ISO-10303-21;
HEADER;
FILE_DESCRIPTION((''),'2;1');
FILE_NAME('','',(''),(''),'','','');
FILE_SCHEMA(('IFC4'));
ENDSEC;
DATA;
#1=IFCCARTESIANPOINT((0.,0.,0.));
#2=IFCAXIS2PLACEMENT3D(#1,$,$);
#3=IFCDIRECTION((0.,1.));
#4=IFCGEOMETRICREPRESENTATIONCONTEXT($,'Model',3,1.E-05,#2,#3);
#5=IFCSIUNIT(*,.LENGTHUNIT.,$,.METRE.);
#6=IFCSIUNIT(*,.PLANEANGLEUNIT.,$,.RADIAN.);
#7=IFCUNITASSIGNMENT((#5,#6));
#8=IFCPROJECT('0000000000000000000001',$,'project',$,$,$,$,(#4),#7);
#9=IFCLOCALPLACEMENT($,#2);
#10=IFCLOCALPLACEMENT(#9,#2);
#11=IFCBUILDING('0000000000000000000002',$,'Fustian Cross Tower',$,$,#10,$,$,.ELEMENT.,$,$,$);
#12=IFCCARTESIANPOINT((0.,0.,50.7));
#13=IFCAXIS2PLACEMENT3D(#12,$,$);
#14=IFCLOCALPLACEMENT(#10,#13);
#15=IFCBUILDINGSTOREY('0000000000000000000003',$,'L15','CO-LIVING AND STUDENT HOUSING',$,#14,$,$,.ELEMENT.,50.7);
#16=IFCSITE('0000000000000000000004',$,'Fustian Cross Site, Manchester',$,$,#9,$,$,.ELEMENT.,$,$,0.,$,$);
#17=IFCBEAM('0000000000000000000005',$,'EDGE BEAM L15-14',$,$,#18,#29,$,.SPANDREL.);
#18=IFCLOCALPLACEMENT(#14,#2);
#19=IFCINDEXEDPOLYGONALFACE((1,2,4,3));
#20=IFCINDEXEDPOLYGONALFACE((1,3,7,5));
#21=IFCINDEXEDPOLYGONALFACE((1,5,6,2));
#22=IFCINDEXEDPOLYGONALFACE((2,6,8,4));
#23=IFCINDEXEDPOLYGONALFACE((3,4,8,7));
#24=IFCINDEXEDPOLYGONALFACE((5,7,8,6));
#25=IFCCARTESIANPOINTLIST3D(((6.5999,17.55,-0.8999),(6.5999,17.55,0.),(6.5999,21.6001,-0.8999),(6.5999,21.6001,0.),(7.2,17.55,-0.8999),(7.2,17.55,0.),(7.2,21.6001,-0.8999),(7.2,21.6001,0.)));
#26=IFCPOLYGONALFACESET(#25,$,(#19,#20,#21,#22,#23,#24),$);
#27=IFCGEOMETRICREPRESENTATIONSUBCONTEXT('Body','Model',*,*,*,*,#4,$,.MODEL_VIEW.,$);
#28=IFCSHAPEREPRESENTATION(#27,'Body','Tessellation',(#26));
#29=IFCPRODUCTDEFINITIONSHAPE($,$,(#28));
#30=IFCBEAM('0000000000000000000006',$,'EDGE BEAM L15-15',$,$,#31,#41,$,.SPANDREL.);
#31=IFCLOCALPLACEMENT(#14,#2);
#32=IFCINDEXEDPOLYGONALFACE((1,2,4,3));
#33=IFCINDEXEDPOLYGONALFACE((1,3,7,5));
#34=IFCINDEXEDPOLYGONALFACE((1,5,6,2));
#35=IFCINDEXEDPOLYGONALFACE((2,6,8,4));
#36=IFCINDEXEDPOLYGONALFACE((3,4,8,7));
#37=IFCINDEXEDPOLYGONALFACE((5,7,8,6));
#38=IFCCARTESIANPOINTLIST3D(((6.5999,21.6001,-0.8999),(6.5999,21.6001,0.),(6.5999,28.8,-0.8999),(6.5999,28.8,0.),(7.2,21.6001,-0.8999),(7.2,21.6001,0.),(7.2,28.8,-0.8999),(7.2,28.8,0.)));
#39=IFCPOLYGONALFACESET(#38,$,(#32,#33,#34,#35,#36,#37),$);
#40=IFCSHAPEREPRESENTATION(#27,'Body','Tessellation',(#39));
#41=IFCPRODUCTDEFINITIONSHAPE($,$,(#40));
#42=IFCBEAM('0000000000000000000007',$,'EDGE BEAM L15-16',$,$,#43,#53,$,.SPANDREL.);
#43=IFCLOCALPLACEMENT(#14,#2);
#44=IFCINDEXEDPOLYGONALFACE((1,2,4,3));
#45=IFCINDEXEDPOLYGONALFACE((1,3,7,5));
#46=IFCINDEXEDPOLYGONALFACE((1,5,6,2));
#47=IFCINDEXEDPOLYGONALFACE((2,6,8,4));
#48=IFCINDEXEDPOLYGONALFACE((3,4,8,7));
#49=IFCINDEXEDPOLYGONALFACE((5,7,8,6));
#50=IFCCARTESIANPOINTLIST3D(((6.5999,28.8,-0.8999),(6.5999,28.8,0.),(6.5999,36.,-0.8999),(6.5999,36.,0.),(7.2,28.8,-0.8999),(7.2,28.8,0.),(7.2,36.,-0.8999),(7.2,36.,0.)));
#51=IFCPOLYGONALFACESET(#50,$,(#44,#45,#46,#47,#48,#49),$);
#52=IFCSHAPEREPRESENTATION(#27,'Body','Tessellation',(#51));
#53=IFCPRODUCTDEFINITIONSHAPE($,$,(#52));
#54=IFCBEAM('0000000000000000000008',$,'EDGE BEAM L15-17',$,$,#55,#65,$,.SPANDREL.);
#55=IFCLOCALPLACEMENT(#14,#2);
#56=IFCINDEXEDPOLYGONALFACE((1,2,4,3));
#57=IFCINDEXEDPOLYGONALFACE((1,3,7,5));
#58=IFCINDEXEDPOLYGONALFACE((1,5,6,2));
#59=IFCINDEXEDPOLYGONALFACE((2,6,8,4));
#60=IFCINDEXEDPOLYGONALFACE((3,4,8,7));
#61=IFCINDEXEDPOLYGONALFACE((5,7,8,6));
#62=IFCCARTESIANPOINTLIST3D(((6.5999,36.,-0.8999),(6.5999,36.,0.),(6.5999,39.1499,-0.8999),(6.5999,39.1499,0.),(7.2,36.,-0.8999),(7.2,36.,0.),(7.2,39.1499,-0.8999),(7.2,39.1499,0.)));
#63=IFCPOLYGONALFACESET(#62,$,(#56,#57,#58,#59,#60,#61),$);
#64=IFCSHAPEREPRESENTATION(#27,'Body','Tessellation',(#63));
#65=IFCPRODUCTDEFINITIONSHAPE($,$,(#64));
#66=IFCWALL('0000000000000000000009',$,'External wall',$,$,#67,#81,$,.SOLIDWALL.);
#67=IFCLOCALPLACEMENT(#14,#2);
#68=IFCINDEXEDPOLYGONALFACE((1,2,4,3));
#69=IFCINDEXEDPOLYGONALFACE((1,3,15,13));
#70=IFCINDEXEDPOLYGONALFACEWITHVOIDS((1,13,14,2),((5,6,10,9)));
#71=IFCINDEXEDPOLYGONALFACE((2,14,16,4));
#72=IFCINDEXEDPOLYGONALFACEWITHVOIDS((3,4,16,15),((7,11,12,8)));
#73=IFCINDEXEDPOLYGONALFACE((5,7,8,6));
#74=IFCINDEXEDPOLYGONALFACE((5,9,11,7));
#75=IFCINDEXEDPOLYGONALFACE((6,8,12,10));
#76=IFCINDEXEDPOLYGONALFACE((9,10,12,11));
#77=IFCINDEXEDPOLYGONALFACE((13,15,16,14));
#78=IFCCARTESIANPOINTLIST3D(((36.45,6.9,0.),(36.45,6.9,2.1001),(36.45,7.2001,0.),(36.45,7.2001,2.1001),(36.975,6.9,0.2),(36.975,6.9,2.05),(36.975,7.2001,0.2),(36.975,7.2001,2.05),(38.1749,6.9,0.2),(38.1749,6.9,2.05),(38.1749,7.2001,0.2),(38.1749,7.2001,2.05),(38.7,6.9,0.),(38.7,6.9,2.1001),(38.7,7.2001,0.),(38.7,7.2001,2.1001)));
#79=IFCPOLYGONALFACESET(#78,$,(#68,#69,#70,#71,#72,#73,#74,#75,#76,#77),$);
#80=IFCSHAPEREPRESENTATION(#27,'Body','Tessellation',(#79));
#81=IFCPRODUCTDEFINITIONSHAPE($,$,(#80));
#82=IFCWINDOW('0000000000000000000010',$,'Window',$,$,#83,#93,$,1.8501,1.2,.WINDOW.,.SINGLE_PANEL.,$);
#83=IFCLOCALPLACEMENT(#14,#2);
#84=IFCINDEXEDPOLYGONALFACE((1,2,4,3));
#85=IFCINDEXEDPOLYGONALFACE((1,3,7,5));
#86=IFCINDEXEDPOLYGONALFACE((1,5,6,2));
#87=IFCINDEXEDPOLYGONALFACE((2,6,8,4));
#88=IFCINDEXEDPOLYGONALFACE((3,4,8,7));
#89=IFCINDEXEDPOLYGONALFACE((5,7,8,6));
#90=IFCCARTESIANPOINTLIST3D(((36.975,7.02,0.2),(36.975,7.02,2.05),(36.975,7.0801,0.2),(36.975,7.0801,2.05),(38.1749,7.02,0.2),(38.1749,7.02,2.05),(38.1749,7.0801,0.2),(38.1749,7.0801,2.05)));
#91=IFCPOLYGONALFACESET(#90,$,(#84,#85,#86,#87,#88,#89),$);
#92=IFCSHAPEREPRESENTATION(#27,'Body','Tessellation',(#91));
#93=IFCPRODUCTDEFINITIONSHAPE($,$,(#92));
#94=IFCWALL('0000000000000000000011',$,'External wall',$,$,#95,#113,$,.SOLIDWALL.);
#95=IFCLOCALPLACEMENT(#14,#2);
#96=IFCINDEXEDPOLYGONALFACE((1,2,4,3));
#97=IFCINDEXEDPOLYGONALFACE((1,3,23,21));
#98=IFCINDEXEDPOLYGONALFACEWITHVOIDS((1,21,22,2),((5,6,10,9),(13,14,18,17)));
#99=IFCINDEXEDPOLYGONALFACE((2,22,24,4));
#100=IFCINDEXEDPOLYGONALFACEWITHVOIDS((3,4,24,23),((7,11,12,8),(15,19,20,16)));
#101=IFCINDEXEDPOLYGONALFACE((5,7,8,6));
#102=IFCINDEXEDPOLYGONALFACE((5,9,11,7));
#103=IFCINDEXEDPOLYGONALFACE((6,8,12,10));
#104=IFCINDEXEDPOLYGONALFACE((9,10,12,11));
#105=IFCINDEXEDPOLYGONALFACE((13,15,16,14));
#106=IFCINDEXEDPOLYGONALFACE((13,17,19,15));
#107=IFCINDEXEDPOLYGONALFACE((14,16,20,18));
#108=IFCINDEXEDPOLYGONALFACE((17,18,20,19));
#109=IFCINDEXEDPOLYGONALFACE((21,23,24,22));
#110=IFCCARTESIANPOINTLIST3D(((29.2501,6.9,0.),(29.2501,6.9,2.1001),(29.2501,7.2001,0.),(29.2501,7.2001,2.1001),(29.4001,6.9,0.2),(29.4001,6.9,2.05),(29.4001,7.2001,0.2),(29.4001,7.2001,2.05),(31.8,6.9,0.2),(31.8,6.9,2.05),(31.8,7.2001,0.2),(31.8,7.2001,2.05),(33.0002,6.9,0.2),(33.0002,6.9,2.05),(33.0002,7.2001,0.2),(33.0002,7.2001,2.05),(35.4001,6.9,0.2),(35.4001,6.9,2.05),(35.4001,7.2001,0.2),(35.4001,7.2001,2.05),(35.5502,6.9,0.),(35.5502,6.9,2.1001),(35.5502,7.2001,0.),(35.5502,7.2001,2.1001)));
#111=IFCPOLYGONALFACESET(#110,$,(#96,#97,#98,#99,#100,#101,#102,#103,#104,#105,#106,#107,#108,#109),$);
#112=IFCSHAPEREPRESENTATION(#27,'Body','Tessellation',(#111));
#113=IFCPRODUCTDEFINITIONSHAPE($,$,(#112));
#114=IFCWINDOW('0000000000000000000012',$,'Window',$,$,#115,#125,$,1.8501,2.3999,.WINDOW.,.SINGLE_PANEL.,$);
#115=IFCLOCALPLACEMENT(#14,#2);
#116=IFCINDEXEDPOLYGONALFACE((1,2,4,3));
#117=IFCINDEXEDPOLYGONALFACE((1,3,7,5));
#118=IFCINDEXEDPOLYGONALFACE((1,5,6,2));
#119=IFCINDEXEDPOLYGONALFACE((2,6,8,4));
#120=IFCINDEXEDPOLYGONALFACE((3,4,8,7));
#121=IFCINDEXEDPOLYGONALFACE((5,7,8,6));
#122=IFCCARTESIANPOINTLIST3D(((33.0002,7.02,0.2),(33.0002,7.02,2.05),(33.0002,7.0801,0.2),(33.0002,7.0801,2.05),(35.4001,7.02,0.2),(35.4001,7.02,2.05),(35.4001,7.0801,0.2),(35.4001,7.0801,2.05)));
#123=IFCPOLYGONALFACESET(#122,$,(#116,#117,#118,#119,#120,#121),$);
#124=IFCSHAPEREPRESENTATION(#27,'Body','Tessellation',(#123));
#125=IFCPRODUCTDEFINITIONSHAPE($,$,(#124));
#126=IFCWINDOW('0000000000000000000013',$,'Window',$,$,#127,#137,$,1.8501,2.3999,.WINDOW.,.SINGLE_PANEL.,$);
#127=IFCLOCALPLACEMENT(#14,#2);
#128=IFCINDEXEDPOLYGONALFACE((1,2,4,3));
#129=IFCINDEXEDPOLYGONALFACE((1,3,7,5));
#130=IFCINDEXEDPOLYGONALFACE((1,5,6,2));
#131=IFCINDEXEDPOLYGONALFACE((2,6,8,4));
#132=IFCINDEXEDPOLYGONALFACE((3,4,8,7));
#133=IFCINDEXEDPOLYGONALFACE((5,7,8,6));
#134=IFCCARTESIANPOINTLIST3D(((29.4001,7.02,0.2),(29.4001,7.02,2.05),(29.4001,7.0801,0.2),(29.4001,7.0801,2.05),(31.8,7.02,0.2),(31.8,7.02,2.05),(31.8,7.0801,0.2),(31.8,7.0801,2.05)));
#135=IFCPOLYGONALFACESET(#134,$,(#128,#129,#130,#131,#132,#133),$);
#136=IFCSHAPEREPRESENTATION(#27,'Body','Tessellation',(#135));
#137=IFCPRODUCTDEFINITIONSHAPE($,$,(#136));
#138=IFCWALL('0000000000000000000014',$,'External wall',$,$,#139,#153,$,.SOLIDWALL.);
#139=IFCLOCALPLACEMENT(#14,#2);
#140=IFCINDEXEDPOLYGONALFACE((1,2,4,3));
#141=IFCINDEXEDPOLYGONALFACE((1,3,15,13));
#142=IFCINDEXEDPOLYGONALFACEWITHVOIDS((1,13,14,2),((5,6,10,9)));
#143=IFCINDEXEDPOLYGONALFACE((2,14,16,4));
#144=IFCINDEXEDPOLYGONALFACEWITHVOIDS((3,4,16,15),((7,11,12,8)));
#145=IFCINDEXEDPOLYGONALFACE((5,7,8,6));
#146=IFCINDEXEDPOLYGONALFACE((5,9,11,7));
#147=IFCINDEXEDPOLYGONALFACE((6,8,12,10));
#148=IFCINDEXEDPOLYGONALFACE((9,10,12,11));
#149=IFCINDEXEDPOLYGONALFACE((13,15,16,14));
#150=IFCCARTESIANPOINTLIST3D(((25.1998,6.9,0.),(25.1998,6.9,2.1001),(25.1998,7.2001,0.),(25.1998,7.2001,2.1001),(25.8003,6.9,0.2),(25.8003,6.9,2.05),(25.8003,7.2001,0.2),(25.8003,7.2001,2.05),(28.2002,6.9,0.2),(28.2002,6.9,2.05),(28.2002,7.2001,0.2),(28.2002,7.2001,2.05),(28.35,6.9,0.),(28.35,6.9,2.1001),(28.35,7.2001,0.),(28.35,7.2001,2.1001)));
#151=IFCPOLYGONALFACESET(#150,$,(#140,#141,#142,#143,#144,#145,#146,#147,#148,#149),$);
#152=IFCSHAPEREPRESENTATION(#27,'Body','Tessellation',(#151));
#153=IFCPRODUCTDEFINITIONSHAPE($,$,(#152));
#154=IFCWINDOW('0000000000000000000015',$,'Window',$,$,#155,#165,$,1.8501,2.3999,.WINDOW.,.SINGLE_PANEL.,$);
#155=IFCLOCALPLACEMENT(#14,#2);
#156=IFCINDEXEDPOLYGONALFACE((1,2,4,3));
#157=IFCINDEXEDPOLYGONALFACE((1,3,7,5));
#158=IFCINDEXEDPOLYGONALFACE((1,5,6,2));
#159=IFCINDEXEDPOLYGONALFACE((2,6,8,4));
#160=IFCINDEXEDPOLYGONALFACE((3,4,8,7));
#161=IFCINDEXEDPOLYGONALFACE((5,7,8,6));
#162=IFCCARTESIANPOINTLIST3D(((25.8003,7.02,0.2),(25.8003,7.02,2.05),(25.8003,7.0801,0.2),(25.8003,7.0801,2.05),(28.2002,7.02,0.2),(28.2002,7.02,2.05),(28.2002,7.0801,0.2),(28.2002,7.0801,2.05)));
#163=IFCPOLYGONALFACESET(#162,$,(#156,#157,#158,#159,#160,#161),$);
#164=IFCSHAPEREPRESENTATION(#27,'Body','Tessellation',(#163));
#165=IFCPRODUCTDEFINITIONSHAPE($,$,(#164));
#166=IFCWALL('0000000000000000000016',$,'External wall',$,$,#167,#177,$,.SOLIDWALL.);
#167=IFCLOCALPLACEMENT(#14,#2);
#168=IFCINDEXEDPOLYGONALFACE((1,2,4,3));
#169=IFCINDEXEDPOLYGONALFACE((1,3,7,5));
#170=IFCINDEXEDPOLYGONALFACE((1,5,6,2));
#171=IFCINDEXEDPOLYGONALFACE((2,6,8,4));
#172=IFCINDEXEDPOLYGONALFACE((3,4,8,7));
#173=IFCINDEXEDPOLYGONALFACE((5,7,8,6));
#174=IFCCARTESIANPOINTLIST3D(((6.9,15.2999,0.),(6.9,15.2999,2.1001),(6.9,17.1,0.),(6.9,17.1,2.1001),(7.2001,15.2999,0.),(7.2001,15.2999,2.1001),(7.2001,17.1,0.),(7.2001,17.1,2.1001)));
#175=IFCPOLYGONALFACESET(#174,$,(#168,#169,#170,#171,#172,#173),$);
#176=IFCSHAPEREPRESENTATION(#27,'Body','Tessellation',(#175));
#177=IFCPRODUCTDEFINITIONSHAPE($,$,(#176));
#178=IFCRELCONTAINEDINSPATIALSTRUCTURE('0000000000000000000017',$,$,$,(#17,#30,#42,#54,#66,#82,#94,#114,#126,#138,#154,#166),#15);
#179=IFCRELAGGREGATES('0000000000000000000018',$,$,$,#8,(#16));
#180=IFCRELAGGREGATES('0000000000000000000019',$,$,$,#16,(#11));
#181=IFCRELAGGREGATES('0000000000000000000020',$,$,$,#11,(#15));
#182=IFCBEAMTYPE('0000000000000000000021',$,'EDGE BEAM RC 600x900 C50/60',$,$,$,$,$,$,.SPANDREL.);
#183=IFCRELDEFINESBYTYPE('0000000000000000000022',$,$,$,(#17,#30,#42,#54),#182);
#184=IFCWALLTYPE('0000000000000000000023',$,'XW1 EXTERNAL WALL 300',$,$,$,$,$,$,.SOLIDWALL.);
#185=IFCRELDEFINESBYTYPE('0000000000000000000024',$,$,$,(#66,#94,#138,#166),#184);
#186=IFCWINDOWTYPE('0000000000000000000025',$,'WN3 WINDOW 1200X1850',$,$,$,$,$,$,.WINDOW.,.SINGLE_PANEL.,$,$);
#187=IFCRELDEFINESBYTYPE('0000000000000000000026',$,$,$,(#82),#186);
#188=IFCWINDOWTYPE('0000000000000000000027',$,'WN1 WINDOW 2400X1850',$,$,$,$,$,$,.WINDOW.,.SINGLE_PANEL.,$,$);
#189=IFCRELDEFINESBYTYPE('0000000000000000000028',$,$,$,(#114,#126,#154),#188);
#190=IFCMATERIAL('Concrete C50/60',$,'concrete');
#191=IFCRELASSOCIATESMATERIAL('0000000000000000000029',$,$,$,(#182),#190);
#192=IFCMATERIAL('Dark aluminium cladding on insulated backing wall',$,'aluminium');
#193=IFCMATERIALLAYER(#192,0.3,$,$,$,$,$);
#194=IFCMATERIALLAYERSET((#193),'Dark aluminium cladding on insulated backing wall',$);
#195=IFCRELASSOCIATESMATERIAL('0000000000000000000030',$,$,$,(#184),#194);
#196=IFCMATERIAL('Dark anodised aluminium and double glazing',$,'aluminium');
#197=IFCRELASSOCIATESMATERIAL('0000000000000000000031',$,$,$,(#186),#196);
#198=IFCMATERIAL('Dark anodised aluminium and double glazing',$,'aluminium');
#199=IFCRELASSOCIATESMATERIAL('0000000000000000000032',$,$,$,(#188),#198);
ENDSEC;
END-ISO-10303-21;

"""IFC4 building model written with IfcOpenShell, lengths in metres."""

from ifc_helpers import new_model, si_unit, direction, frame, frame_2d, origin, origin_2d, place, context, subcontext, project, spatial, rectangle, extrude, material, layer, layer_set, material_profile, profile_set, type_object, element, fill, save


model = new_model("IFC4")

# Units and contexts
model_context = context("Model", 3, precision=1e-05, world=origin(), true_north=direction((0.0, 1.0)))
body_context = subcontext(model_context, "Body", "Model", "MODEL_VIEW")
ifc_project = project(units=[si_unit("LENGTHUNIT", "METRE"), si_unit("PLANEANGLEUNIT", "RADIAN")], contexts=[model_context])

# Site, building, storey
site_placement = place(None, origin())
site = spatial("IfcSite", under=ifc_project, at=site_placement, Name="Fustian Cross Site, Manchester", CompositionType="ELEMENT", RefElevation=0.0)
building_placement = place(site_placement, origin())
building = spatial("IfcBuilding", under=site, at=building_placement, Name="Fustian Cross Tower", CompositionType="ELEMENT")
storey_placement = place(building_placement, frame((0.0, 0.0, 50.7)))
storey = spatial("IfcBuildingStorey", under=building, at=storey_placement, Name="L15", Description="CO-LIVING AND STUDENT HOUSING", CompositionType="ELEMENT", Elevation=50.7)

# Beams
ifc_material_1 = material(Name="Concrete C50/60", Category="concrete")
ifc_material_profile = material_profile(ifc_material_1, rectangle(XDim=0.6001, YDim=0.8999, at=origin_2d()), Name="RC 600x900")
ifc_profile_set = profile_set([ifc_material_profile], Name="Concrete C50/60")
beam_type = type_object("IfcBeamType", Name="EDGE BEAM RC 600x900 C50/60", PredefinedType="SPANDREL", material=ifc_profile_set)
beam_1_placement = place(storey_placement, frame((6.8999, 17.55, -0.45), z_axis=(0.0, 1.0, 0.0), x_axis=(-1.0, 0.0, 0.0)))
element("IfcBeam", 1, at=beam_1_placement, inside=storey, type_object=beam_type, Name="EDGE BEAM L15-14", PredefinedType="SPANDREL", context=body_context, shape_type="SweptSolid", body=[
    extrude(rectangle(XDim=0.6001, YDim=0.8999, at=origin_2d()), origin(), (0.0, 0.0, 1.0), 4.05),
])
for number, where, z_axis, x_axis, name in (
    (2, (6.8999, 21.6001, -0.45), (0.0, 1.0, 0.0), (-1.0, 0.0, 0.0), "EDGE BEAM L15-15"),
    (3, (6.8999, 28.8, -0.45), (0.0, 1.0, 0.0), (-1.0, 0.0, 0.0), "EDGE BEAM L15-16"),
):
    element("IfcBeam", number, at=place(storey_placement, frame(where, z_axis=z_axis, x_axis=x_axis)), inside=storey, type_object=beam_type, Name=name, PredefinedType="SPANDREL", context=body_context, shape_type="SweptSolid", body=[
        extrude(rectangle(XDim=0.6001, YDim=0.8999, at=origin_2d()), origin(), (0.0, 0.0, 1.0), 7.2),
    ])
beam_2_placement = place(storey_placement, frame((6.8999, 36.0, -0.45), z_axis=(0.0, 1.0, 0.0), x_axis=(-1.0, 0.0, 0.0)))
element("IfcBeam", 4, at=beam_2_placement, inside=storey, type_object=beam_type, Name="EDGE BEAM L15-17", PredefinedType="SPANDREL", context=body_context, shape_type="SweptSolid", body=[
    extrude(rectangle(XDim=0.6001, YDim=0.8999, at=origin_2d()), origin(), (0.0, 0.0, 1.0), 3.1499),
])

# Wall, opening, window
ifc_material_2 = material(Name="Dark aluminium cladding on insulated backing wall", Category="aluminium")
ifc_layer = layer(ifc_material_2, 0.3)
ifc_layer_set = layer_set([ifc_layer], Name="Dark aluminium cladding on insulated backing wall")
wall_type = type_object("IfcWallType", Name="XW1 EXTERNAL WALL 300", PredefinedType="SOLIDWALL", material=ifc_layer_set)
wall_1_placement = place(storey_placement, frame((38.7, 7.05, 0.0), z_axis=(0.0, 0.0, 1.0), x_axis=(-1.0, 0.0, 0.0)))
wall_1 = element("IfcWall", 5, at=wall_1_placement, inside=storey, type_object=wall_type, Name="External wall", PredefinedType="SOLIDWALL", context=body_context, shape_type="SweptSolid", body=[
    extrude(rectangle(XDim=2.25, YDim=0.3, at=frame_2d((1.125, 0.0))), origin(), (0.0, 0.0, 1.0), 2.1001),
])
opening_1_placement = place(wall_1_placement, frame((0.5249, 0.0, 0.2)))
opening_1 = element("IfcOpeningElement", 6, at=opening_1_placement, cuts=wall_1, PredefinedType="OPENING", context=body_context, shape_type="SweptSolid", body=[
    extrude(rectangle(XDim=1.2, YDim=1.8501, at=frame_2d((0.6001, 0.925))), frame((0.0, 0.1599, 0.0), z_axis=(0.0, -1.0, 0.0), x_axis=(1.0, 0.0, 0.0)), (0.0, 0.0, 1.0), 0.3201),
])
ifc_material_3 = material(Name="Dark anodised aluminium and double glazing", Category="aluminium")
window_type_1 = type_object("IfcWindowType", Name="WN3 WINDOW 1200X1850", PartitioningType="SINGLE_PANEL", PredefinedType="WINDOW", material=ifc_material_3)
window_1_placement = place(opening_1_placement, origin())
window_1 = element("IfcWindow", 7, at=window_1_placement, inside=storey, type_object=window_type_1, Name="Window", OverallHeight=1.8501, OverallWidth=1.2, PartitioningType="SINGLE_PANEL", PredefinedType="WINDOW", context=body_context, shape_type="SweptSolid", body=[
    extrude(rectangle(XDim=1.2, YDim=1.8501, at=frame_2d((0.6001, 0.925))), frame((0.0, 0.03, 0.0), z_axis=(0.0, -1.0, 0.0), x_axis=(1.0, 0.0, 0.0)), (0.0, 0.0, 1.0), 0.0601),
])
fill(opening_1, window_1)

# Wall, openings, windows
wall_2_placement = place(storey_placement, frame((35.55, 7.05, 0.0), z_axis=(0.0, 0.0, 1.0), x_axis=(-1.0, 0.0, 0.0)))
wall_2 = element("IfcWall", 8, at=wall_2_placement, inside=storey, type_object=wall_type, Name="External wall", PredefinedType="SOLIDWALL", context=body_context, shape_type="SweptSolid", body=[
    extrude(rectangle(XDim=6.3, YDim=0.3, at=frame_2d((3.1499, 0.0))), origin(), (0.0, 0.0, 1.0), 2.1001),
])
opening_2_placement = place(wall_2_placement, frame((0.1499, 0.0, 0.2)))
opening_2 = element("IfcOpeningElement", 9, at=opening_2_placement, cuts=wall_2, PredefinedType="OPENING", context=body_context, shape_type="SweptSolid", body=[
    extrude(rectangle(XDim=2.3999, YDim=1.8501, at=frame_2d((1.2, 0.925))), frame((0.0, 0.1599, 0.0), z_axis=(0.0, -1.0, 0.0), x_axis=(1.0, 0.0, 0.0)), (0.0, 0.0, 1.0), 0.3201),
])
opening_3_placement = place(wall_2_placement, frame((3.75, 0.0, 0.2)))
opening_3 = element("IfcOpeningElement", 10, at=opening_3_placement, cuts=wall_2, PredefinedType="OPENING", context=body_context, shape_type="SweptSolid", body=[
    extrude(rectangle(XDim=2.3999, YDim=1.8501, at=frame_2d((1.2, 0.925))), frame((0.0, 0.1599, 0.0), z_axis=(0.0, -1.0, 0.0), x_axis=(1.0, 0.0, 0.0)), (0.0, 0.0, 1.0), 0.3201),
])
ifc_material_4 = material(Name="Dark anodised aluminium and double glazing", Category="aluminium")
window_type_2 = type_object("IfcWindowType", Name="WN1 WINDOW 2400X1850", PartitioningType="SINGLE_PANEL", PredefinedType="WINDOW", material=ifc_material_4)
window_2_placement = place(opening_2_placement, origin())
window_2 = element("IfcWindow", 11, at=window_2_placement, inside=storey, type_object=window_type_2, Name="Window", OverallHeight=1.8501, OverallWidth=2.3999, PartitioningType="SINGLE_PANEL", PredefinedType="WINDOW", context=body_context, shape_type="SweptSolid", body=[
    extrude(rectangle(XDim=2.3999, YDim=1.8501, at=frame_2d((1.2, 0.925))), frame((0.0, 0.03, 0.0), z_axis=(0.0, -1.0, 0.0), x_axis=(1.0, 0.0, 0.0)), (0.0, 0.0, 1.0), 0.0601),
])
fill(opening_2, window_2)
window_3_placement = place(opening_3_placement, origin())
window_3 = element("IfcWindow", 12, at=window_3_placement, inside=storey, type_object=window_type_2, Name="Window", OverallHeight=1.8501, OverallWidth=2.3999, PartitioningType="SINGLE_PANEL", PredefinedType="WINDOW", context=body_context, shape_type="SweptSolid", body=[
    extrude(rectangle(XDim=2.3999, YDim=1.8501, at=frame_2d((1.2, 0.925))), frame((0.0, 0.03, 0.0), z_axis=(0.0, -1.0, 0.0), x_axis=(1.0, 0.0, 0.0)), (0.0, 0.0, 1.0), 0.0601),
])
fill(opening_3, window_3)

# Wall, opening, window
wall_3_placement = place(storey_placement, frame((28.3501, 7.05, 0.0), z_axis=(0.0, 0.0, 1.0), x_axis=(-1.0, 0.0, 0.0)))
wall_3 = element("IfcWall", 13, at=wall_3_placement, inside=storey, type_object=wall_type, Name="External wall", PredefinedType="SOLIDWALL", context=body_context, shape_type="SweptSolid", body=[
    extrude(rectangle(XDim=3.1501, YDim=0.3, at=frame_2d((1.5752, 0.0))), origin(), (0.0, 0.0, 1.0), 2.1001),
])
opening_4_placement = place(wall_3_placement, frame((0.1499, 0.0, 0.2)))
opening_4 = element("IfcOpeningElement", 14, at=opening_4_placement, cuts=wall_3, PredefinedType="OPENING", context=body_context, shape_type="SweptSolid", body=[
    extrude(rectangle(XDim=2.3999, YDim=1.8501, at=frame_2d((1.2, 0.925))), frame((0.0, 0.1599, 0.0), z_axis=(0.0, -1.0, 0.0), x_axis=(1.0, 0.0, 0.0)), (0.0, 0.0, 1.0), 0.3201),
])
window_4_placement = place(opening_4_placement, origin())
window_4 = element("IfcWindow", 15, at=window_4_placement, inside=storey, type_object=window_type_2, Name="Window", OverallHeight=1.8501, OverallWidth=2.3999, PartitioningType="SINGLE_PANEL", PredefinedType="WINDOW", context=body_context, shape_type="SweptSolid", body=[
    extrude(rectangle(XDim=2.3999, YDim=1.8501, at=frame_2d((1.2, 0.925))), frame((0.0, 0.03, 0.0), z_axis=(0.0, -1.0, 0.0), x_axis=(1.0, 0.0, 0.0)), (0.0, 0.0, 1.0), 0.0601),
])
fill(opening_4, window_4)

# Wall
wall_4_placement = place(storey_placement, frame((7.05, 15.3, 0.0), z_axis=(0.0, 0.0, 1.0), x_axis=(0.0, 1.0, 0.0)))
element("IfcWall", 16, at=wall_4_placement, inside=storey, type_object=wall_type, Name="External wall", PredefinedType="SOLIDWALL", context=body_context, shape_type="SweptSolid", body=[
    extrude(rectangle(XDim=1.8, YDim=0.3, at=frame_2d((0.8999, 0.0))), origin(), (0.0, 0.0, 1.0), 2.1001),
])

save(model, "model.ifc")
